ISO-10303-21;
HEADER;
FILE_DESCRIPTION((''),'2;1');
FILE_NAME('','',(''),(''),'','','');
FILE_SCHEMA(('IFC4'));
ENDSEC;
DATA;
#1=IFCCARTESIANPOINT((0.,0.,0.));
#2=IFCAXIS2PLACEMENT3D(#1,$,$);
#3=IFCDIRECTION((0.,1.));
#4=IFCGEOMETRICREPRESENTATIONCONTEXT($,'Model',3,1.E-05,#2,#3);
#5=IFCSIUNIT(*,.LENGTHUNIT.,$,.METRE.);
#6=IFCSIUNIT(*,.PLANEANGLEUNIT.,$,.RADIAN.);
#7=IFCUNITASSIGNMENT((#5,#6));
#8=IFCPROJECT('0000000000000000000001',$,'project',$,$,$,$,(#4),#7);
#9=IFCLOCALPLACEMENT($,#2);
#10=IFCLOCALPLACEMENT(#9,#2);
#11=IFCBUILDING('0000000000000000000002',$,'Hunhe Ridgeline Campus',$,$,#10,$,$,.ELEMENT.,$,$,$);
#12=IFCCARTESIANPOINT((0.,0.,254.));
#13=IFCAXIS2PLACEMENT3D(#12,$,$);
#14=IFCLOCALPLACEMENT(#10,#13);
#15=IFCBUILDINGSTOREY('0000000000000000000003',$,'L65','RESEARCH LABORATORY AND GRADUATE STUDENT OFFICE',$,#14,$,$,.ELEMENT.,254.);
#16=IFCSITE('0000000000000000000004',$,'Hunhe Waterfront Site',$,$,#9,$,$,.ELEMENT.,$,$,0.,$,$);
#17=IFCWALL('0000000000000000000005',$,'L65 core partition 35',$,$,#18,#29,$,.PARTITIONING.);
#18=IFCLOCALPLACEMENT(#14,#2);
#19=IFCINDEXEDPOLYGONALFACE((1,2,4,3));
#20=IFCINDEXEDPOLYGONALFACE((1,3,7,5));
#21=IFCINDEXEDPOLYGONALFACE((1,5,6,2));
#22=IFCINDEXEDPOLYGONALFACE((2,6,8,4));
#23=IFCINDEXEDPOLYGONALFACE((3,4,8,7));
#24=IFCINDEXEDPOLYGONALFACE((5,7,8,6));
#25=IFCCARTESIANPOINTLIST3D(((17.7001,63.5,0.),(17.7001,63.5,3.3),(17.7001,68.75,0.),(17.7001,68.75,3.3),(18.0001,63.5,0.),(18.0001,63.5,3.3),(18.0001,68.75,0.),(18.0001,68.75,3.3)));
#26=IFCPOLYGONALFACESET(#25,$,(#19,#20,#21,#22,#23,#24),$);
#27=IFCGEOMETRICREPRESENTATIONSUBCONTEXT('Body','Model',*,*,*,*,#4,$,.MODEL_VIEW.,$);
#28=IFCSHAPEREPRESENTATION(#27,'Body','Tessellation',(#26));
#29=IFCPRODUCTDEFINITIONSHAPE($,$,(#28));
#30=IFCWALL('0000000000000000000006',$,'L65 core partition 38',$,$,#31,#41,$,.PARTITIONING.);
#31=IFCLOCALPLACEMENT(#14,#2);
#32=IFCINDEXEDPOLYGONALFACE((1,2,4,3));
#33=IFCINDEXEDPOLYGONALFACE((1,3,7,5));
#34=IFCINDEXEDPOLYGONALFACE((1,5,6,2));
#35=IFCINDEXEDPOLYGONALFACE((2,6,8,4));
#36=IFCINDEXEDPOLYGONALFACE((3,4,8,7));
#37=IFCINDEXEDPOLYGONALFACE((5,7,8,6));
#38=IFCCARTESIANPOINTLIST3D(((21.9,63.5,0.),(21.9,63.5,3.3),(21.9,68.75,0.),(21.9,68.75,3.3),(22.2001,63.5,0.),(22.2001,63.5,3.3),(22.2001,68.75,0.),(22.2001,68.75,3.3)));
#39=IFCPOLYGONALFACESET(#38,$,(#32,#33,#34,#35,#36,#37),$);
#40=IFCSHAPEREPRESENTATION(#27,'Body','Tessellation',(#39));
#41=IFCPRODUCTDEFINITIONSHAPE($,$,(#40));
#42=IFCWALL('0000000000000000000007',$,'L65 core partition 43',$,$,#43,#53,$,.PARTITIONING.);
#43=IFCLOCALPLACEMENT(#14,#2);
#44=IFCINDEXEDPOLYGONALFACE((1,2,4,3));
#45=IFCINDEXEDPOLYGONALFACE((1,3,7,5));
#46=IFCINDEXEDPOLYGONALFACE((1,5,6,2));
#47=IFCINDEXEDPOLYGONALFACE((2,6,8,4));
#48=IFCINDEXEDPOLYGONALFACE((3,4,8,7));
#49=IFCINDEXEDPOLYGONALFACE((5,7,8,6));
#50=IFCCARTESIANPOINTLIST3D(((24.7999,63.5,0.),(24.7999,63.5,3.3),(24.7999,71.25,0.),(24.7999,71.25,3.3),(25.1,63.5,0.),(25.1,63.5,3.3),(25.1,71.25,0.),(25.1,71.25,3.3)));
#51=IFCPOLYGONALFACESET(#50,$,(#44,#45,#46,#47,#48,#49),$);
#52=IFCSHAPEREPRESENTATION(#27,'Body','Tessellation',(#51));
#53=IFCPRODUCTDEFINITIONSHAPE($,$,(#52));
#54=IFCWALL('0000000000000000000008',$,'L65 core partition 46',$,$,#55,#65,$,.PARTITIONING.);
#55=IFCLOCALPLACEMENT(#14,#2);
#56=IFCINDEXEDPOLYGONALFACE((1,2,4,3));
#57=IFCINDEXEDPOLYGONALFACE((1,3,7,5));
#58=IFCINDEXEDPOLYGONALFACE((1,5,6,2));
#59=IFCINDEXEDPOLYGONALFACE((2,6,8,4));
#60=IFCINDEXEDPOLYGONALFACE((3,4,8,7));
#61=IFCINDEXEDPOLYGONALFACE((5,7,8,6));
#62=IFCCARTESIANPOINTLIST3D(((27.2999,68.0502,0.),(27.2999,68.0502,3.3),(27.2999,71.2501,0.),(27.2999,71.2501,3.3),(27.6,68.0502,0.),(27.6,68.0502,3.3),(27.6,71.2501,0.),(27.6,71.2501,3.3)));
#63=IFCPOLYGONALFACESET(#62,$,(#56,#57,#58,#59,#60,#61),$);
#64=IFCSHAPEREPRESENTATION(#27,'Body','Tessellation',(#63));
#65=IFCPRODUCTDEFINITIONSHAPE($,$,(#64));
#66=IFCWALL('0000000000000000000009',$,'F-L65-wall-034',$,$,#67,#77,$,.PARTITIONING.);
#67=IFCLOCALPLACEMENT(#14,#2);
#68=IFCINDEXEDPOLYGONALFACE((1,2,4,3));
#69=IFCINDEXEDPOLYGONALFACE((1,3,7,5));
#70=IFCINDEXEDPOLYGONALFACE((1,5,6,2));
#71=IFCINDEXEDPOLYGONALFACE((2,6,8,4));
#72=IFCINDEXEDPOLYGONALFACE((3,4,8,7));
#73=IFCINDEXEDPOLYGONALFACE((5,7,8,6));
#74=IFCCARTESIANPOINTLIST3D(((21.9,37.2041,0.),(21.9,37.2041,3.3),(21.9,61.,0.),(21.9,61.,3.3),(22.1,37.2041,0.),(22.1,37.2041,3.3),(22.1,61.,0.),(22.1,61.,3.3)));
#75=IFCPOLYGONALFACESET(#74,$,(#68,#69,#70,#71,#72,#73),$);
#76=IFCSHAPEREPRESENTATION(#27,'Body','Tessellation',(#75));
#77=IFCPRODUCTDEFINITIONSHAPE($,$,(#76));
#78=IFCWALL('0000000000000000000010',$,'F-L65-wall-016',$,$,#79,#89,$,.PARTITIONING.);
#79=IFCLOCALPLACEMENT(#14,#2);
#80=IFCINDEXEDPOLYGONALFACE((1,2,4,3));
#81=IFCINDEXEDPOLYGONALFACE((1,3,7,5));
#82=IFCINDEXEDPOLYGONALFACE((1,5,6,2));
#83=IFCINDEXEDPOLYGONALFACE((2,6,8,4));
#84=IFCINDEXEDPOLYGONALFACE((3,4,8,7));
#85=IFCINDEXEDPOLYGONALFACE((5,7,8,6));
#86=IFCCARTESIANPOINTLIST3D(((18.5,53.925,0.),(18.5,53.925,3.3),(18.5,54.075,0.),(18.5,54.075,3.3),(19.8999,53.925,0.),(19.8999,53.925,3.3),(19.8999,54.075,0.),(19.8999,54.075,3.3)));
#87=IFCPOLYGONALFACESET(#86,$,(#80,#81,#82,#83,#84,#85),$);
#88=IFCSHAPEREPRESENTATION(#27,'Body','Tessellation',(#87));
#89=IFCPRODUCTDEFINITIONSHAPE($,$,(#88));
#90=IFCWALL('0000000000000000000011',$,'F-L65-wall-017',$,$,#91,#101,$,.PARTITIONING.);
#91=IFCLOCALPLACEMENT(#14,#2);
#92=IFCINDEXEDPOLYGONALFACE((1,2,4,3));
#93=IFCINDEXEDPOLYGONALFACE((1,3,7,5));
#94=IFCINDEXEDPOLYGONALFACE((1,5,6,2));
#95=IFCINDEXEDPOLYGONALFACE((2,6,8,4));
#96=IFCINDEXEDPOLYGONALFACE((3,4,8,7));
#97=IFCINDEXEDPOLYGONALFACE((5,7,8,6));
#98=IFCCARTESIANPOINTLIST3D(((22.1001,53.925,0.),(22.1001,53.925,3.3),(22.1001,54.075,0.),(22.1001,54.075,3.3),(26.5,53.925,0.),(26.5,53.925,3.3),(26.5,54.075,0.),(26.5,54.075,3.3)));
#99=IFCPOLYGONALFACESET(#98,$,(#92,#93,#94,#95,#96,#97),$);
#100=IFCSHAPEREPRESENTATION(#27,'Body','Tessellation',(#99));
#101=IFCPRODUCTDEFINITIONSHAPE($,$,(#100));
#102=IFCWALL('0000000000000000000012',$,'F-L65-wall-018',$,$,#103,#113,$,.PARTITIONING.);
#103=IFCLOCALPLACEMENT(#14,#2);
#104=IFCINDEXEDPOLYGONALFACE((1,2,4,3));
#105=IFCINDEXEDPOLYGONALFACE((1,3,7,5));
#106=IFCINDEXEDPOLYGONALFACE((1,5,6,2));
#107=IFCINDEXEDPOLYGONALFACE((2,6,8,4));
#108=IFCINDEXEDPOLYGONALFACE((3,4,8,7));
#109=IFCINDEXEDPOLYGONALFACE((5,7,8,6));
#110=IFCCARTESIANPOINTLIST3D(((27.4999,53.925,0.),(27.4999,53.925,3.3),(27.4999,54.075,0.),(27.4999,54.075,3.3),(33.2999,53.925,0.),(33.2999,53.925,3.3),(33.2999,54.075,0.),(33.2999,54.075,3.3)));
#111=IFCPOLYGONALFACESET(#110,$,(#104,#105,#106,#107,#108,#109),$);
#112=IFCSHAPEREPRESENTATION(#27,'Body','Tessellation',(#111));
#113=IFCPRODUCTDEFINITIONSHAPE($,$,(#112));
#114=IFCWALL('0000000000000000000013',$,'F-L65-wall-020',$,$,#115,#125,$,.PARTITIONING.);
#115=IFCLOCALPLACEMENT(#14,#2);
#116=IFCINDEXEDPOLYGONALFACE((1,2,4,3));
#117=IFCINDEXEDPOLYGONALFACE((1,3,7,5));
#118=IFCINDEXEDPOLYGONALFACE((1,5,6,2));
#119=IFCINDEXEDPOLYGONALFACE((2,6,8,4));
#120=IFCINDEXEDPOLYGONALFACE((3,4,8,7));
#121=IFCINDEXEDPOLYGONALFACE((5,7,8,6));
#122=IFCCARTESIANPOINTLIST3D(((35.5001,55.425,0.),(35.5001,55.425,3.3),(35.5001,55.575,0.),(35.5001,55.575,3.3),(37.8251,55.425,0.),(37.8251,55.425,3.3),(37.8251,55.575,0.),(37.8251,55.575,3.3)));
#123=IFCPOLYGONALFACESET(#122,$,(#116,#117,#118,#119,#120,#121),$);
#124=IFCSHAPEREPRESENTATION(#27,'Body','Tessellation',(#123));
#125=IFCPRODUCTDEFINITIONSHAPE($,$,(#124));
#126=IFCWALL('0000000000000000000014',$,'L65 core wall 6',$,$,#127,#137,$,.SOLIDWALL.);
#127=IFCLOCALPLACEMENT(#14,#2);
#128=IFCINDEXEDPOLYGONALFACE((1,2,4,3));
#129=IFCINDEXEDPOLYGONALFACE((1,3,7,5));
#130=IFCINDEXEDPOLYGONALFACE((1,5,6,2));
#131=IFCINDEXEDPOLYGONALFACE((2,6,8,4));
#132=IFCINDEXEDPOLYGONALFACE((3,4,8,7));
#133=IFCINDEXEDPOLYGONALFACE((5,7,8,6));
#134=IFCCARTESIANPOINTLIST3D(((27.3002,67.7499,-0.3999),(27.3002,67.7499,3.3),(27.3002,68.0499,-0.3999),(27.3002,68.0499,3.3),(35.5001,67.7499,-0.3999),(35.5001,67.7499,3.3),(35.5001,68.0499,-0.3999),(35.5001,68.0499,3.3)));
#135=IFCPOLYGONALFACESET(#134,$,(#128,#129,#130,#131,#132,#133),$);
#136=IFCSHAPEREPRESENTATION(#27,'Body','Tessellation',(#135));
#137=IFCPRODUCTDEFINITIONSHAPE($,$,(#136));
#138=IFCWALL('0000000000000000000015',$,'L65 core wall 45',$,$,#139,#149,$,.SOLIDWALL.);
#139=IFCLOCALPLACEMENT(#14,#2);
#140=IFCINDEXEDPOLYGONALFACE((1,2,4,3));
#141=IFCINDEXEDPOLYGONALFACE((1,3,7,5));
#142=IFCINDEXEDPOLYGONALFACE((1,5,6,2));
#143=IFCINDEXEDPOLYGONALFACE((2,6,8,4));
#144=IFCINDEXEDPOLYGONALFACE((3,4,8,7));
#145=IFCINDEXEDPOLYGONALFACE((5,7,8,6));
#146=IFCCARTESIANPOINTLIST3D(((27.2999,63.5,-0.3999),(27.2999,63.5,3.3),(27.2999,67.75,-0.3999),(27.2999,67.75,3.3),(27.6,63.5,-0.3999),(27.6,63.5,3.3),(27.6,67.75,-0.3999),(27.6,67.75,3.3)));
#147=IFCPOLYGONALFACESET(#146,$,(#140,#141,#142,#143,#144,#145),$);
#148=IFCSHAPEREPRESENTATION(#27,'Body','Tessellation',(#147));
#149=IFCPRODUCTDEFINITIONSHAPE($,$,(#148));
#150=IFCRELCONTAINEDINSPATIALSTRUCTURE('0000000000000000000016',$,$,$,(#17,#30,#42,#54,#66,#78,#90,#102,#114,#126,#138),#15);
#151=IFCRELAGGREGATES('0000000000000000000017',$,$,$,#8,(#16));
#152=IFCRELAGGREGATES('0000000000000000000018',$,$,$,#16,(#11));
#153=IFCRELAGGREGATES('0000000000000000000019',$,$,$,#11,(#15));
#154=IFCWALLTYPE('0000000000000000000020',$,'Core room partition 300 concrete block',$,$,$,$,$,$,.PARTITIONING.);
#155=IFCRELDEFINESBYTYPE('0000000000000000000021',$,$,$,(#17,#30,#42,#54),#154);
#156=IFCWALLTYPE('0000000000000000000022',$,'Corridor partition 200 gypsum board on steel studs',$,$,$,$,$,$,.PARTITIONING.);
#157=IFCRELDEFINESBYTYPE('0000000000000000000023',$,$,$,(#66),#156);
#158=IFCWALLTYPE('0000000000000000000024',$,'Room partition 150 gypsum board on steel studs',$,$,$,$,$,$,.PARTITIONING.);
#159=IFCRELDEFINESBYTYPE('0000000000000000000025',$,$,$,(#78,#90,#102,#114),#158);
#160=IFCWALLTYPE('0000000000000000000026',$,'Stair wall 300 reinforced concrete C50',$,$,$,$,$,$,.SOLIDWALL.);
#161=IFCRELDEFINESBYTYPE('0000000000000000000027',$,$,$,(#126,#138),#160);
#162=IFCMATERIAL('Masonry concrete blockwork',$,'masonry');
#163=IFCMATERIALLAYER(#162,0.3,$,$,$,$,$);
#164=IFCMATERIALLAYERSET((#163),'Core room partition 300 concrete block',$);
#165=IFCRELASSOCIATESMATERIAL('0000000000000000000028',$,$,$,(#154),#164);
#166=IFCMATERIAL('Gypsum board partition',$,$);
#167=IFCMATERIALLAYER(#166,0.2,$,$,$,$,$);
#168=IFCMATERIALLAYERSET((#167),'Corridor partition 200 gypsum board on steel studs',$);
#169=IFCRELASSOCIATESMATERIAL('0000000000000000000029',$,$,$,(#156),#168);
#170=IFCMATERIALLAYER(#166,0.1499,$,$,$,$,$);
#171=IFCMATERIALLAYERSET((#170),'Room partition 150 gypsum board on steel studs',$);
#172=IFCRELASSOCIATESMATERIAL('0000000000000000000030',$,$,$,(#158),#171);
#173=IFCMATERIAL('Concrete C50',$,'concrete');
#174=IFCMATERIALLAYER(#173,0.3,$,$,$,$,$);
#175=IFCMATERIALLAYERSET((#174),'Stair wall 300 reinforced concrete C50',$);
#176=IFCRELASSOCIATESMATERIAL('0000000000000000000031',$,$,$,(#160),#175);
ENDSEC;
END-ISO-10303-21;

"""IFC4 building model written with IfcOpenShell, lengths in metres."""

from ifc_helpers import new_model, si_unit, direction, frame, frame_2d, origin, place, context, subcontext, project, spatial, rectangle, extrude, material, layer, layer_set, type_object, element, save


model = new_model("IFC4")

# Units and contexts
model_context = context("Model", 3, precision=1e-05, world=origin(), true_north=direction((0.0, 1.0)))
body_context = subcontext(model_context, "Body", "Model", "MODEL_VIEW")
ifc_project = project(units=[si_unit("LENGTHUNIT", "METRE"), si_unit("PLANEANGLEUNIT", "RADIAN")], contexts=[model_context])

# Site, building, storey
site_placement = place(None, origin())
site = spatial("IfcSite", under=ifc_project, at=site_placement, Name="Hunhe Waterfront Site", CompositionType="ELEMENT", RefElevation=0.0)
building_placement = place(site_placement, origin())
building = spatial("IfcBuilding", under=site, at=building_placement, Name="Hunhe Ridgeline Campus", CompositionType="ELEMENT")
storey_placement = place(building_placement, frame((0.0, 0.0, 254.0)))
storey = spatial("IfcBuildingStorey", under=building, at=storey_placement, Name="L65", Description="RESEARCH LABORATORY AND GRADUATE STUDENT OFFICE", CompositionType="ELEMENT", Elevation=254.0)

# Walls
ifc_material_1 = material(Name="Masonry concrete blockwork", Category="masonry")
ifc_layer_1 = layer(ifc_material_1, 0.3)
ifc_layer_set_1 = layer_set([ifc_layer_1], Name="Core room partition 300 concrete block")
wall_type_1 = type_object("IfcWallType", Name="Core room partition 300 concrete block", PredefinedType="PARTITIONING", material=ifc_layer_set_1)
for number, where, z_axis, x_axis, name in (
    (1, (17.8501, 63.5, 0.0), (0.0, 0.0, 1.0), (0.0, 1.0, 0.0), "L65 core partition 35"),
    (2, (22.05, 63.5, 0.0), (0.0, 0.0, 1.0), (0.0, 1.0, 0.0), "L65 core partition 38"),
):
    element("IfcWall", number, at=place(storey_placement, frame(where, z_axis=z_axis, x_axis=x_axis)), inside=storey, type_object=wall_type_1, Name=name, PredefinedType="PARTITIONING", context=body_context, shape_type="SweptSolid", body=[
        extrude(rectangle(XDim=5.25, YDim=0.3, at=frame_2d((2.625, 0.0))), origin(), (0.0, 0.0, 1.0), 3.3),
    ])
wall_1_placement = place(storey_placement, frame((24.95, 63.5, 0.0), z_axis=(0.0, 0.0, 1.0), x_axis=(0.0, 1.0, 0.0)))
element("IfcWall", 3, at=wall_1_placement, inside=storey, type_object=wall_type_1, Name="L65 core partition 43", PredefinedType="PARTITIONING", context=body_context, shape_type="SweptSolid", body=[
    extrude(rectangle(XDim=7.75, YDim=0.3, at=frame_2d((3.875, 0.0))), origin(), (0.0, 0.0, 1.0), 3.3),
])
wall_2_placement = place(storey_placement, frame((27.45, 68.05, 0.0), z_axis=(0.0, 0.0, 1.0), x_axis=(0.0, 1.0, 0.0)))
element("IfcWall", 4, at=wall_2_placement, inside=storey, type_object=wall_type_1, Name="L65 core partition 46", PredefinedType="PARTITIONING", context=body_context, shape_type="SweptSolid", body=[
    extrude(rectangle(XDim=3.2, YDim=0.3, at=frame_2d((1.6001, 0.0))), origin(), (0.0, 0.0, 1.0), 3.3),
])

# Shared definitions
ifc_material_2 = material(Name="Gypsum board partition")
ifc_layer_2 = layer(ifc_material_2, 0.2)
ifc_layer_set_2 = layer_set([ifc_layer_2], Name="Corridor partition 200 gypsum board on steel studs")
wall_type_2 = type_object("IfcWallType", Name="Corridor partition 200 gypsum board on steel studs", PredefinedType="PARTITIONING", material=ifc_layer_set_2)

# Wall
wall_3_placement = place(storey_placement, frame((22.0, 61.0, 0.0), z_axis=(0.0, 0.0, 1.0), x_axis=(0.0, -1.0, 0.0)))
element("IfcWall", 5, at=wall_3_placement, inside=storey, type_object=wall_type_2, Name="F-L65-wall-034", PredefinedType="PARTITIONING", context=body_context, shape_type="SweptSolid", body=[
    extrude(rectangle(XDim=23.7959, YDim=0.2, at=frame_2d((11.8979, 0.0))), origin(), (0.0, 0.0, 1.0), 3.3),
])

# Walls
ifc_layer_3 = layer(ifc_material_2, 0.1499)
ifc_layer_set_3 = layer_set([ifc_layer_3], Name="Room partition 150 gypsum board on steel studs")
wall_type_3 = type_object("IfcWallType", Name="Room partition 150 gypsum board on steel studs", PredefinedType="PARTITIONING", material=ifc_layer_set_3)
wall_4_placement = place(storey_placement, frame((18.5, 54.0, 0.0), z_axis=(0.0, 0.0, 1.0), x_axis=(1.0, 0.0, 0.0)))
element("IfcWall", 6, at=wall_4_placement, inside=storey, type_object=wall_type_3, Name="F-L65-wall-016", PredefinedType="PARTITIONING", context=body_context, shape_type="SweptSolid", body=[
    extrude(rectangle(XDim=1.3999, YDim=0.1499, at=frame_2d((0.7, 0.0))), origin(), (0.0, 0.0, 1.0), 3.3),
])
wall_5_placement = place(storey_placement, frame((22.1001, 54.0, 0.0), z_axis=(0.0, 0.0, 1.0), x_axis=(1.0, 0.0, 0.0)))
element("IfcWall", 7, at=wall_5_placement, inside=storey, type_object=wall_type_3, Name="F-L65-wall-017", PredefinedType="PARTITIONING", context=body_context, shape_type="SweptSolid", body=[
    extrude(rectangle(XDim=4.3999, YDim=0.1499, at=frame_2d((2.2, 0.0))), origin(), (0.0, 0.0, 1.0), 3.3),
])
wall_6_placement = place(storey_placement, frame((27.5, 54.0, 0.0), z_axis=(0.0, 0.0, 1.0), x_axis=(1.0, 0.0, 0.0)))
element("IfcWall", 8, at=wall_6_placement, inside=storey, type_object=wall_type_3, Name="F-L65-wall-018", PredefinedType="PARTITIONING", context=body_context, shape_type="SweptSolid", body=[
    extrude(rectangle(XDim=5.8, YDim=0.1499, at=frame_2d((2.8999, 0.0))), origin(), (0.0, 0.0, 1.0), 3.3),
])
wall_7_placement = place(storey_placement, frame((35.5, 55.5, 0.0), z_axis=(0.0, 0.0, 1.0), x_axis=(1.0, 0.0, 0.0)))
element("IfcWall", 9, at=wall_7_placement, inside=storey, type_object=wall_type_3, Name="F-L65-wall-020", PredefinedType="PARTITIONING", context=body_context, shape_type="SweptSolid", body=[
    extrude(rectangle(XDim=2.325, YDim=0.1499, at=frame_2d((1.1626, 0.0))), origin(), (0.0, 0.0, 1.0), 3.3),
])
ifc_material_3 = material(Name="Concrete C50", Category="concrete")
ifc_layer_4 = layer(ifc_material_3, 0.3)
ifc_layer_set_4 = layer_set([ifc_layer_4], Name="Stair wall 300 reinforced concrete C50")
wall_type_4 = type_object("IfcWallType", Name="Stair wall 300 reinforced concrete C50", PredefinedType="SOLIDWALL", material=ifc_layer_set_4)
wall_8_placement = place(storey_placement, frame((27.3, 67.8999, -0.3999), z_axis=(0.0, 0.0, 1.0), x_axis=(1.0, 0.0, 0.0)))
element("IfcWall", 10, at=wall_8_placement, inside=storey, type_object=wall_type_4, Name="L65 core wall 6", PredefinedType="SOLIDWALL", context=body_context, shape_type="SweptSolid", body=[
    extrude(rectangle(XDim=8.2, YDim=0.3, at=frame_2d((4.1001, 0.0))), origin(), (0.0, 0.0, 1.0), 3.7),
])
wall_9_placement = place(storey_placement, frame((27.45, 63.5, -0.3999), z_axis=(0.0, 0.0, 1.0), x_axis=(0.0, 1.0, 0.0)))
element("IfcWall", 11, at=wall_9_placement, inside=storey, type_object=wall_type_4, Name="L65 core wall 45", PredefinedType="SOLIDWALL", context=body_context, shape_type="SweptSolid", body=[
    extrude(rectangle(XDim=4.25, YDim=0.3, at=frame_2d((2.125, 0.0))), origin(), (0.0, 0.0, 1.0), 3.7),
])

save(model, "model.ifc")
